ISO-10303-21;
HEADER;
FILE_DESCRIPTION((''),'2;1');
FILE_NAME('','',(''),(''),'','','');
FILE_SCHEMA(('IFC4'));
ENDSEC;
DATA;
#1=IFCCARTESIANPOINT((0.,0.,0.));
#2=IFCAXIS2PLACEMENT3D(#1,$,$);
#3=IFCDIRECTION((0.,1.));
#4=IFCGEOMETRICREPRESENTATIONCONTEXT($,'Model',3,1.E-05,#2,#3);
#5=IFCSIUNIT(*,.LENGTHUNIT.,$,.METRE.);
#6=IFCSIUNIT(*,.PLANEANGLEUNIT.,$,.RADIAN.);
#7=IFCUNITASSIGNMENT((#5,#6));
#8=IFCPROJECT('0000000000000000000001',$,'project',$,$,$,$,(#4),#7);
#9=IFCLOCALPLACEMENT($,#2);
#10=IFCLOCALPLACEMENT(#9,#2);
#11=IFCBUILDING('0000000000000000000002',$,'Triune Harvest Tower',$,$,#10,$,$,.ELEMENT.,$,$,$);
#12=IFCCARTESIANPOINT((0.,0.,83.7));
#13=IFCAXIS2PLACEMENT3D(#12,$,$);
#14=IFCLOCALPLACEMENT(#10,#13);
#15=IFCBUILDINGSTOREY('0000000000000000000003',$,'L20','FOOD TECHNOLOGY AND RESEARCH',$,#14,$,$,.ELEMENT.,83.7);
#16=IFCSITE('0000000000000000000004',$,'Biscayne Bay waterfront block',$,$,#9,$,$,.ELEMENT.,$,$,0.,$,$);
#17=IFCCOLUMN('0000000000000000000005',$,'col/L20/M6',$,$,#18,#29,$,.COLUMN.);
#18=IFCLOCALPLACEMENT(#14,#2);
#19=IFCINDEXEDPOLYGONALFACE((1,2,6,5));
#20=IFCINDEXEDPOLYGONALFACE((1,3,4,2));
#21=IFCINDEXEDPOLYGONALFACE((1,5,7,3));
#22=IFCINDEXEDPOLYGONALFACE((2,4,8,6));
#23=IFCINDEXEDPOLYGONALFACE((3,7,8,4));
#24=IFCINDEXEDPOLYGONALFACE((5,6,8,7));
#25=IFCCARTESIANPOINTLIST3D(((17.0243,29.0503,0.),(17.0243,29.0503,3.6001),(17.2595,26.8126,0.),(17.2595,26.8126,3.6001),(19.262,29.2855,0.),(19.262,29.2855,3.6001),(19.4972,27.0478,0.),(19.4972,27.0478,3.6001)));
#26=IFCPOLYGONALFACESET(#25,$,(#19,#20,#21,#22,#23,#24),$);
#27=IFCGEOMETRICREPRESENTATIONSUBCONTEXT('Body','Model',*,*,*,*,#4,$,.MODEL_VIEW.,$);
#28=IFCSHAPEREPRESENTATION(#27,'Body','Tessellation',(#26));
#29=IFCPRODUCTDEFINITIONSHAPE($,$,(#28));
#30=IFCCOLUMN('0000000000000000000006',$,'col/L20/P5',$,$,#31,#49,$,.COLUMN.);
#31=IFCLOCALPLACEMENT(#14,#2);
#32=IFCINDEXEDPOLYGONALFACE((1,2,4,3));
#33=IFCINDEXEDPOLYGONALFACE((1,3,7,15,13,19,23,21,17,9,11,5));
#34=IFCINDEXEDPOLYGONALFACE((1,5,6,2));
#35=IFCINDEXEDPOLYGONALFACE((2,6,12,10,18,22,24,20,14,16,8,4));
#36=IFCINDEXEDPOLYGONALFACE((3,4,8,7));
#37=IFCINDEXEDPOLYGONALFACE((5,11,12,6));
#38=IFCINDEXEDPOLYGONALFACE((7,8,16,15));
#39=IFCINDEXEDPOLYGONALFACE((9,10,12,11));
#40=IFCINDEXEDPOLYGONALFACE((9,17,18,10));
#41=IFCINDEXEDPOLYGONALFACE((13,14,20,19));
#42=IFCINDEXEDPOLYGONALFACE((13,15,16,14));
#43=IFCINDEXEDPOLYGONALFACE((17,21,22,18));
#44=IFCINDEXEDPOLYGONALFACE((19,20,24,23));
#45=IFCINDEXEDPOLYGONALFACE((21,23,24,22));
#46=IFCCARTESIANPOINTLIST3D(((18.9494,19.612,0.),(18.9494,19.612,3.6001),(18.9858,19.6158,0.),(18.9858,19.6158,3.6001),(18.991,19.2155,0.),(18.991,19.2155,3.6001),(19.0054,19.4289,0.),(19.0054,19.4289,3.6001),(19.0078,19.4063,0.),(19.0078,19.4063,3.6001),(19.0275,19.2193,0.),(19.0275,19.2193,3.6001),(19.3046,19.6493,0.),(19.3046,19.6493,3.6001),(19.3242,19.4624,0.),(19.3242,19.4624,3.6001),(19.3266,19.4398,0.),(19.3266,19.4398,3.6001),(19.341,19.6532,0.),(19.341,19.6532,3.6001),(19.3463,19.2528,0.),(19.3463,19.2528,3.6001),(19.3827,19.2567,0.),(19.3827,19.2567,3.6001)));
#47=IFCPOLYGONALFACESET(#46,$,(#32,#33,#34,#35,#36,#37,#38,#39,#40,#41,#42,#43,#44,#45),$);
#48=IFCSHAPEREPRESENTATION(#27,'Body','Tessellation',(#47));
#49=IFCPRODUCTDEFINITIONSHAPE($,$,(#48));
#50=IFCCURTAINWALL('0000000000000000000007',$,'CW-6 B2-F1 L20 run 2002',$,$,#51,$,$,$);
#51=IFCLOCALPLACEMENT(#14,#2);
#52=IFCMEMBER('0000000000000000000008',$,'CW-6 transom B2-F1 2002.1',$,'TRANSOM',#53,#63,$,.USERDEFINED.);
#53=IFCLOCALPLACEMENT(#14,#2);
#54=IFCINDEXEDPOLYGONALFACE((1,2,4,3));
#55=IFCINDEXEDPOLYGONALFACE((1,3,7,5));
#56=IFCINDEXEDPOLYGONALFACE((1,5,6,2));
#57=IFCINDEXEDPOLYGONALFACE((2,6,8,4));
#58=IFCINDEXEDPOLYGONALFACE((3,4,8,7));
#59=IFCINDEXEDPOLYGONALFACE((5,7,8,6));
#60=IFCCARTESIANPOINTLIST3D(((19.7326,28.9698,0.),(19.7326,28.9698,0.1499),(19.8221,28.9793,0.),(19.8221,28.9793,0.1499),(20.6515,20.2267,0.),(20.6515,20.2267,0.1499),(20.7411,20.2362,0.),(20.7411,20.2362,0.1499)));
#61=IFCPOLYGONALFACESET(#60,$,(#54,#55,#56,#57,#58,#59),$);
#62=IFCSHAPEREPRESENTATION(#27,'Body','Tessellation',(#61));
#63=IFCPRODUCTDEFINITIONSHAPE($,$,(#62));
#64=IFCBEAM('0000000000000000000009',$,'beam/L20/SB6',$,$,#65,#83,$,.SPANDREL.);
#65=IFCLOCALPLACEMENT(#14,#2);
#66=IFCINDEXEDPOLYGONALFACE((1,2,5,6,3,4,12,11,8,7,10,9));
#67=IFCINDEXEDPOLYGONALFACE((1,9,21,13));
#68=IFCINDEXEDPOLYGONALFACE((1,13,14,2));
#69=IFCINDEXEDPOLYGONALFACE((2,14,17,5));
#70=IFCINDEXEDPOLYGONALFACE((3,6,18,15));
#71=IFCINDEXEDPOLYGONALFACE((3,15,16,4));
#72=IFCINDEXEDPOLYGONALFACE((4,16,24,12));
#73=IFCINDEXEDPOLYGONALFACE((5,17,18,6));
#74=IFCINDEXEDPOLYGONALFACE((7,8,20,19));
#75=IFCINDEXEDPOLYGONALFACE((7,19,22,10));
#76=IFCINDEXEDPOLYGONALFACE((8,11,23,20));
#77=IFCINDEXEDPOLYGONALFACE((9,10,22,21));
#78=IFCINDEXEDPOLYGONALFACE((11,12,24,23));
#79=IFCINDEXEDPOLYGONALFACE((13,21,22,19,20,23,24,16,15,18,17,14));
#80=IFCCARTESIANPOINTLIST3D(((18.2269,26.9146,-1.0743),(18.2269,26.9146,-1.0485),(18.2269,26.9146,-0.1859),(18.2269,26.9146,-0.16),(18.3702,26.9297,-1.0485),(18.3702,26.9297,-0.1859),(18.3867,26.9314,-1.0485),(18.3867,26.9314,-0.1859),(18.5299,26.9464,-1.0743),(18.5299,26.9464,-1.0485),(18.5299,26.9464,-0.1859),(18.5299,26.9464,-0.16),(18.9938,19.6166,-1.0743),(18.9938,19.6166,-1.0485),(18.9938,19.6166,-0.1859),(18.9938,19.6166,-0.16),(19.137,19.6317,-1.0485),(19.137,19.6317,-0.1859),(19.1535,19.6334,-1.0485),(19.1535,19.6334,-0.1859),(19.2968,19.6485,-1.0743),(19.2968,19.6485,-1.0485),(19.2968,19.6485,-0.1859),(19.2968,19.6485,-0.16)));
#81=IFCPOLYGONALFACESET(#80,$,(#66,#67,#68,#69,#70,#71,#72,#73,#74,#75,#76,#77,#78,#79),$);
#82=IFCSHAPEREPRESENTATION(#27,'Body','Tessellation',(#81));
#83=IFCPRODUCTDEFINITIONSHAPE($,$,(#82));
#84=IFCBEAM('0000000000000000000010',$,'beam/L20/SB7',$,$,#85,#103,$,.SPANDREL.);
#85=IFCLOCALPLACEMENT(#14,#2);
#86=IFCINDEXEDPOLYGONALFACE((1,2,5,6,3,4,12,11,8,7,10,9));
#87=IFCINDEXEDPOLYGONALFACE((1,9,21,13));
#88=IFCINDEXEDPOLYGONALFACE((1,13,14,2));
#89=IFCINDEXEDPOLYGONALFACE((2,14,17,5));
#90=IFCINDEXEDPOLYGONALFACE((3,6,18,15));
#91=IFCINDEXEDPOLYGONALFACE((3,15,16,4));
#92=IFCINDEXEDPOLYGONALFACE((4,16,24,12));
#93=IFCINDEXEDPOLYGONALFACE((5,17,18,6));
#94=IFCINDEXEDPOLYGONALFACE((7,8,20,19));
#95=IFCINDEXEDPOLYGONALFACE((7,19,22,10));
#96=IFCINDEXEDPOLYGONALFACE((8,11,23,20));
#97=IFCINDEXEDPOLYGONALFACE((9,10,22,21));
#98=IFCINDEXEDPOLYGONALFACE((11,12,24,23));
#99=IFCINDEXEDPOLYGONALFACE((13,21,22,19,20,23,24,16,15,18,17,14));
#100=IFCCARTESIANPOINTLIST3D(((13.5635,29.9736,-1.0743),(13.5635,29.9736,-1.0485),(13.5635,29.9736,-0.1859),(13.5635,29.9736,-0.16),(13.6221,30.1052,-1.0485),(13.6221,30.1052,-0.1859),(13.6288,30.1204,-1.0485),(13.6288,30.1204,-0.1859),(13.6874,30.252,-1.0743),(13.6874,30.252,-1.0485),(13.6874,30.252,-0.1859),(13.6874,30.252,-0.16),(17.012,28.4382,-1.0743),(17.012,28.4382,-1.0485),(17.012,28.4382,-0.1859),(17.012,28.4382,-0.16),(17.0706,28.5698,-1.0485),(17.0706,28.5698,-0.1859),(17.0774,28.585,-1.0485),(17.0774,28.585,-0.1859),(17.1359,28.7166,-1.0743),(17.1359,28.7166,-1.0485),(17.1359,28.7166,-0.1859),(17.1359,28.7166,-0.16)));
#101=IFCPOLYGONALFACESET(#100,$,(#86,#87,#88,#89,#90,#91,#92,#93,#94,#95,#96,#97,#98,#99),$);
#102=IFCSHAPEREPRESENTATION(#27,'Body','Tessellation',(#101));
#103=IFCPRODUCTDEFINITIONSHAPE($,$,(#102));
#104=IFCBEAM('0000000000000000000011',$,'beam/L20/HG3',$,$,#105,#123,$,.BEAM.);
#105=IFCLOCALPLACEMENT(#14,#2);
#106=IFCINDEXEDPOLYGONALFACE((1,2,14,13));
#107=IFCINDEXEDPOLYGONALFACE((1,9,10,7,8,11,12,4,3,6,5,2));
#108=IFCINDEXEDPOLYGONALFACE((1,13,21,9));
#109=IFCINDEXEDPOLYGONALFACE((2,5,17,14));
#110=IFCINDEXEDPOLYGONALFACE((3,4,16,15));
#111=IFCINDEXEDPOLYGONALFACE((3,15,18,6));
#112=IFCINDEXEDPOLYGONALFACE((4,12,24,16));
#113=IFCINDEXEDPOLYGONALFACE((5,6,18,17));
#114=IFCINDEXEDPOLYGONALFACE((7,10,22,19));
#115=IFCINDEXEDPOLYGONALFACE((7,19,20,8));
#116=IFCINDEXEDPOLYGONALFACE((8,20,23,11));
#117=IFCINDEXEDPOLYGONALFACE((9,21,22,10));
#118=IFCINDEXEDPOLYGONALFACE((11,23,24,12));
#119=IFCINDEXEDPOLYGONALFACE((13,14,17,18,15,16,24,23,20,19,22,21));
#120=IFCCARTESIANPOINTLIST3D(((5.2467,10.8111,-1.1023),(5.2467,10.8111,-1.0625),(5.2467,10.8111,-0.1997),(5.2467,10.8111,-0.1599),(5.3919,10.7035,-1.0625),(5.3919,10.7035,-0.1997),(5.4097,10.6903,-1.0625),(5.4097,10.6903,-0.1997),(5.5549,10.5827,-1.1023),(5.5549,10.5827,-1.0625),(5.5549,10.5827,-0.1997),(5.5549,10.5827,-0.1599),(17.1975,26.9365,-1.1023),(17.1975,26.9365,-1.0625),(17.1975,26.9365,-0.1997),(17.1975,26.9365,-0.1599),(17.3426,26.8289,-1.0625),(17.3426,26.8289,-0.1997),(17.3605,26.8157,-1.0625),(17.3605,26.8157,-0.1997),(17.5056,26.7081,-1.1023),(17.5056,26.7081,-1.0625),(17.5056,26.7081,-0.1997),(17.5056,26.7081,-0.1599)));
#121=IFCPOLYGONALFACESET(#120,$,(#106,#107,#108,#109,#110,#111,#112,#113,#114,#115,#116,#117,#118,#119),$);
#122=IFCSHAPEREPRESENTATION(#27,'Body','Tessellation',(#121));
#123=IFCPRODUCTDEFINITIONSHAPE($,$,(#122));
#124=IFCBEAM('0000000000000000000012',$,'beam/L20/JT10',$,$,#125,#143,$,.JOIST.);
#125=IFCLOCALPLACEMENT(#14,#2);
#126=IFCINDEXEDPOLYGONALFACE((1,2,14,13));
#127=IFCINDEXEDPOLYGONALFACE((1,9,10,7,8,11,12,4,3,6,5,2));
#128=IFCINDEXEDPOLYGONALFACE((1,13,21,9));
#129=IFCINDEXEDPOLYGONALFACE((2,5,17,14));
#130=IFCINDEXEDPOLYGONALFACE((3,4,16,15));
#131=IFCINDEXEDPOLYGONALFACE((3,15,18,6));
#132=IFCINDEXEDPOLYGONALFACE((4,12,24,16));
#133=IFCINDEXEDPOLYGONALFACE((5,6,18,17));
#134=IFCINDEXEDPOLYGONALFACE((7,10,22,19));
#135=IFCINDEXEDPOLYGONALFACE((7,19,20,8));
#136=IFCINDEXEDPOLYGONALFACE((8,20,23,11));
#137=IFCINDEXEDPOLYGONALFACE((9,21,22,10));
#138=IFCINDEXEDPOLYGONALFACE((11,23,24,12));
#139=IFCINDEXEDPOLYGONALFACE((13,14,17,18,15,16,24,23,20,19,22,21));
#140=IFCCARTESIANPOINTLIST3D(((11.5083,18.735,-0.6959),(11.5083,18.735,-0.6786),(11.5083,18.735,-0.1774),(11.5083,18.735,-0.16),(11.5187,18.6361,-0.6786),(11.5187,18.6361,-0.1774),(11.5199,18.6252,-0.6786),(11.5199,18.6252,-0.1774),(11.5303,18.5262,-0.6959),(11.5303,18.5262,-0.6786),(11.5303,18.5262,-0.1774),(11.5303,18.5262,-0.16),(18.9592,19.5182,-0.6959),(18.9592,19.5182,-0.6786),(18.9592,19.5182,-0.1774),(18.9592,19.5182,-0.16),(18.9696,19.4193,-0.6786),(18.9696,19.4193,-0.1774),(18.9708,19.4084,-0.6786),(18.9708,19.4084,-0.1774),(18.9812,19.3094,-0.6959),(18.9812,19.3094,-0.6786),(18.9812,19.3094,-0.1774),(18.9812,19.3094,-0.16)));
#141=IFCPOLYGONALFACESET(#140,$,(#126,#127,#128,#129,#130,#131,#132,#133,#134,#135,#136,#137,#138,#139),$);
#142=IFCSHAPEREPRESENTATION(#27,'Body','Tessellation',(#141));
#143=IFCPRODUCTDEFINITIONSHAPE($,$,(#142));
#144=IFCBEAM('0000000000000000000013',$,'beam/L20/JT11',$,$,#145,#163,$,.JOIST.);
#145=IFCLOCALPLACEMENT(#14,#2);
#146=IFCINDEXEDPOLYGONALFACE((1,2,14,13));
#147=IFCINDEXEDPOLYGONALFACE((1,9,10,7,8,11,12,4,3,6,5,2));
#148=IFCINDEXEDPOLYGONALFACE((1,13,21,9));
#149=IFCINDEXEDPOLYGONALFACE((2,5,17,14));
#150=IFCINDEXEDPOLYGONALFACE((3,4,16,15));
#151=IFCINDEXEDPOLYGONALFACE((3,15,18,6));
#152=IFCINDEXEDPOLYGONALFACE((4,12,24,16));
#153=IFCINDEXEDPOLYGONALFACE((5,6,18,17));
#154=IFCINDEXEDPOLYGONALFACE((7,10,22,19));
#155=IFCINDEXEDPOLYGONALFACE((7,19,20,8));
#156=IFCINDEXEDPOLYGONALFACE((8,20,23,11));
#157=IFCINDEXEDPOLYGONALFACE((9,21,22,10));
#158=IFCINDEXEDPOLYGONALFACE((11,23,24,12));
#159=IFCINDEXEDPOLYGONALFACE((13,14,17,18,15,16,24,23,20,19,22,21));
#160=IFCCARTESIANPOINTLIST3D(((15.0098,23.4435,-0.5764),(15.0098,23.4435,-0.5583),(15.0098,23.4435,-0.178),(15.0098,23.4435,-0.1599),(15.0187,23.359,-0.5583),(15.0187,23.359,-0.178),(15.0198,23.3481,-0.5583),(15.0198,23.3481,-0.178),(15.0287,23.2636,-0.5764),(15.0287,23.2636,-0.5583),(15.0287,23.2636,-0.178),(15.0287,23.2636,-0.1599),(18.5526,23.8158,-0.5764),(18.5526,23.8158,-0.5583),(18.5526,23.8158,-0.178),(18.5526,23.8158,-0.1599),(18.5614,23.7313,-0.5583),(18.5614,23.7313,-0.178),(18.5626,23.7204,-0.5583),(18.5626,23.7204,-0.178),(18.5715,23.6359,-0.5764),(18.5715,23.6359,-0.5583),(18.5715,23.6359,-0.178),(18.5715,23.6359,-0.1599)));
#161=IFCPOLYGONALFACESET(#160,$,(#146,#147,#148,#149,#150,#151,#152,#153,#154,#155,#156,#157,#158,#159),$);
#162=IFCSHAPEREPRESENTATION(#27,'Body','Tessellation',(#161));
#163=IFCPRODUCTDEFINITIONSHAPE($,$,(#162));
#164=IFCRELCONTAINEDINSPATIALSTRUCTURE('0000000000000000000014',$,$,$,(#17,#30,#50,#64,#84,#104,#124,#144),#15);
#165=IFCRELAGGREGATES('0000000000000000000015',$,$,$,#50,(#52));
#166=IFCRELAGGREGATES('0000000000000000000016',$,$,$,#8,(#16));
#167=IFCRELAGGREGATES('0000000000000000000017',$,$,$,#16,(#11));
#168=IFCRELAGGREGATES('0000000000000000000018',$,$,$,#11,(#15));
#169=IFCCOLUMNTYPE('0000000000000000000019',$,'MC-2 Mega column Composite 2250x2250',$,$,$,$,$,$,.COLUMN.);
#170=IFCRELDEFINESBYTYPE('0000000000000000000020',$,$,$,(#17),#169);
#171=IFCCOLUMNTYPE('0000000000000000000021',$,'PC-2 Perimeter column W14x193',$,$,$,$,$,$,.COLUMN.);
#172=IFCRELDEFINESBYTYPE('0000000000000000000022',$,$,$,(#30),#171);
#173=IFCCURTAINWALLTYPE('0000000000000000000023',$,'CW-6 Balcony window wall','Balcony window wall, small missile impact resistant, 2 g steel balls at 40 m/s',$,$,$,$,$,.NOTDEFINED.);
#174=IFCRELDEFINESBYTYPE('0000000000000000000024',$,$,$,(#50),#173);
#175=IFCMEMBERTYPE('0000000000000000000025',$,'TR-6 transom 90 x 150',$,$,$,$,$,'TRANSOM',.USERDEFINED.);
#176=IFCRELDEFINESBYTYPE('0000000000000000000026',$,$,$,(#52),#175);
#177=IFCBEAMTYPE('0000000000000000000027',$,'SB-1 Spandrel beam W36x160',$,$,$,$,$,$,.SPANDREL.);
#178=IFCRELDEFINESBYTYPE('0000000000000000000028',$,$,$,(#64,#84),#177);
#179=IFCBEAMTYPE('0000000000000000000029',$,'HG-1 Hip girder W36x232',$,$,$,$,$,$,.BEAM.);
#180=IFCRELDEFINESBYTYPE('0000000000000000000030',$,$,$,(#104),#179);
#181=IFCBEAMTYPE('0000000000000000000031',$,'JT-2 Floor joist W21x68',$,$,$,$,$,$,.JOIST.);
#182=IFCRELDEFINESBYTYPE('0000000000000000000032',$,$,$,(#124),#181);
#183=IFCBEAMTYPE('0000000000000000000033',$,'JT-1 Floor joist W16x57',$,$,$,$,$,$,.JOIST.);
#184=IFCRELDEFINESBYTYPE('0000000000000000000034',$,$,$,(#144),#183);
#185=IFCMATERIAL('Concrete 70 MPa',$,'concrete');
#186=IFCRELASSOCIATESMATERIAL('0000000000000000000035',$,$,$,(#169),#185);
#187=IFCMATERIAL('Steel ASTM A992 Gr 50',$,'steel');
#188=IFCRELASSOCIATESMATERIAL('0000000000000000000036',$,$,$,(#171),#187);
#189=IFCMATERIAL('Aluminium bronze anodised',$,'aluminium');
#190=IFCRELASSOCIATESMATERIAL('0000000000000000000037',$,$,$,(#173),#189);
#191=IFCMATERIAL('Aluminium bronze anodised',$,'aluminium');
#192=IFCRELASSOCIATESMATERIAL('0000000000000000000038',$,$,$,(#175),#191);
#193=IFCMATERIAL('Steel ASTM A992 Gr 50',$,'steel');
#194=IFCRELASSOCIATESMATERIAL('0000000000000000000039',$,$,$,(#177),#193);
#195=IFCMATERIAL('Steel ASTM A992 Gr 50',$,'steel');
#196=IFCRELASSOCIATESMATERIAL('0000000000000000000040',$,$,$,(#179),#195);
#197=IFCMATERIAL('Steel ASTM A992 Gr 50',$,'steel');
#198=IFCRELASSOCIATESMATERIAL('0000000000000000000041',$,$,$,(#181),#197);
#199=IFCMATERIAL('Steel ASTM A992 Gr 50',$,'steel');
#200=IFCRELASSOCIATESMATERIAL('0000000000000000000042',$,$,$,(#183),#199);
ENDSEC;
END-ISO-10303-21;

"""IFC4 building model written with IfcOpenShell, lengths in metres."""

from ifc_helpers import new_model, si_unit, direction, frame, origin, origin_2d, place, context, subcontext, project, spatial, rectangle, i_section, extrude, source, transform, mapped, material, material_profile, profile_set, type_object, element, aggregate, save


model = new_model("IFC4")

# Units and contexts
model_context = context("Model", 3, precision=1e-05, world=origin(), true_north=direction((0.0, 1.0)))
body_context = subcontext(model_context, "Body", "Model", "MODEL_VIEW")
ifc_project = project(units=[si_unit("LENGTHUNIT", "METRE"), si_unit("PLANEANGLEUNIT", "RADIAN")], contexts=[model_context])

# Site, building, storey
site_placement = place(None, origin())
site = spatial("IfcSite", under=ifc_project, at=site_placement, Name="Biscayne Bay waterfront block", CompositionType="ELEMENT", RefElevation=0.0)
building_placement = place(site_placement, origin())
building = spatial("IfcBuilding", under=site, at=building_placement, Name="Triune Harvest Tower", CompositionType="ELEMENT")
storey_placement = place(building_placement, frame((0.0, 0.0, 83.7)))
storey = spatial("IfcBuildingStorey", under=building, at=storey_placement, Name="L20", Description="FOOD TECHNOLOGY AND RESEARCH", CompositionType="ELEMENT", Elevation=83.7)

# Columns
ifc_material_1 = material(Name="Concrete 70 MPa", Category="concrete")
ifc_material_profile_1 = material_profile(ifc_material_1, rectangle(XDim=2.25, YDim=2.25, at=origin_2d()), Name="Composite 2250x2250")
ifc_profile_set_1 = profile_set([ifc_material_profile_1], Name="Concrete 70 MPa")
column_type_1 = type_object("IfcColumnType", Name="MC-2 Mega column Composite 2250x2250", PredefinedType="COLUMN", material=ifc_profile_set_1)
shared_shape_1 = source(origin(), body_context, "Body", "SweptSolid", [
    extrude(rectangle(XDim=2.25, YDim=2.25, at=origin_2d()), origin(), (0.0, 0.0, 1.0), 3.6001),
])
column_1_placement = place(storey_placement, frame((18.2607, 28.0491, 0.0), z_axis=(0.0, 0.0, 1.0), x_axis=(-0.104527, 0.994522, 0.0)))
element("IfcColumn", 1, at=column_1_placement, inside=storey, type_object=column_type_1, Name="col/L20/M6", PredefinedType="COLUMN", context=body_context, shape_type="MappedRepresentation", body=[
    mapped(shared_shape_1, transform((0.0, 0.0, 0.0), scale=1.0)),
])
ifc_material_2 = material(Name="Steel ASTM A992 Gr 50", Category="steel")
ifc_material_profile_2 = material_profile(ifc_material_2, i_section(OverallWidth=0.3987, OverallDepth=0.3938, WebThickness=0.0227, FlangeThickness=0.0366, at=origin_2d()), Name="W14x193")
ifc_profile_set_2 = profile_set([ifc_material_profile_2], Name="Steel ASTM A992 Gr 50")
column_type_2 = type_object("IfcColumnType", Name="PC-2 Perimeter column W14x193", PredefinedType="COLUMN", material=ifc_profile_set_2)
shared_shape_2 = source(origin(), body_context, "Body", "SweptSolid", [
    extrude(i_section(OverallWidth=0.3987, OverallDepth=0.3938, WebThickness=0.0227, FlangeThickness=0.0366, at=origin_2d()), origin(), (0.0, 0.0, 1.0), 3.6001),
])
column_2_placement = place(storey_placement, frame((19.166, 19.4343, 0.0), z_axis=(0.0, 0.0, 1.0), x_axis=(-0.104527, 0.994522, 0.0)))
element("IfcColumn", 2, at=column_2_placement, inside=storey, type_object=column_type_2, Name="col/L20/P5", PredefinedType="COLUMN", context=body_context, shape_type="MappedRepresentation", body=[
    mapped(shared_shape_2, transform((0.0, 0.0, 0.0), scale=1.0)),
])

# Curtain wall, member
ifc_material_3 = material(Name="Aluminium bronze anodised", Category="aluminium")
curtain_wall_type_1 = type_object("IfcCurtainWallType", Name="CW-6 Balcony window wall", Description="Balcony window wall, small missile impact resistant, 2 g steel balls at 40 m/s", PredefinedType="NOTDEFINED", material=ifc_material_3)
curtain_wall_1_placement = place(storey_placement, origin())
curtain_wall_1 = element("IfcCurtainWall", 3, at=curtain_wall_1_placement, inside=storey, type_object=curtain_wall_type_1, Name="CW-6 B2-F1 L20 run 2002")
ifc_material_4 = material(Name="Aluminium bronze anodised", Category="aluminium")
ifc_material_profile_3 = material_profile(ifc_material_4, rectangle(XDim=0.0901, YDim=0.1499, at=origin_2d()), Name="TR-6 transom 90 x 150")
ifc_profile_set_3 = profile_set([ifc_material_profile_3], Name="Aluminium bronze anodised")
member_type_1 = type_object("IfcMemberType", Name="TR-6 transom 90 x 150", ElementType="TRANSOM", PredefinedType="USERDEFINED", material=ifc_profile_set_3)
member_1_placement = place(storey_placement, frame((20.6963, 20.2314, 0.075), z_axis=(-0.104529, 0.994522, 0.0), x_axis=(-0.994522, -0.104529, 0.0)))
member_1 = element("IfcMember", 4, at=member_1_placement, type_object=member_type_1, Name="CW-6 transom B2-F1 2002.1", ObjectType="TRANSOM", PredefinedType="USERDEFINED", context=body_context, shape_type="SweptSolid", body=[
    extrude(rectangle(XDim=0.0901, YDim=0.1499, at=origin_2d()), origin(), (0.0, 0.0, 1.0), 8.7913),
])

# Beams
ifc_material_5 = material(Name="Steel ASTM A992 Gr 50", Category="steel")
ifc_material_profile_4 = material_profile(ifc_material_5, i_section(OverallWidth=0.3047, OverallDepth=0.9143, WebThickness=0.0166, FlangeThickness=0.0259, at=origin_2d()), Name="W36x160")
ifc_profile_set_4 = profile_set([ifc_material_profile_4], Name="Steel ASTM A992 Gr 50")
beam_type_1 = type_object("IfcBeamType", Name="SB-1 Spandrel beam W36x160", PredefinedType="SPANDREL", material=ifc_profile_set_4)
shared_shape_3 = source(origin(), body_context, "Body", "SweptSolid", [
    extrude(i_section(OverallWidth=0.3047, OverallDepth=0.9143, WebThickness=0.0166, FlangeThickness=0.0259, at=origin_2d()), origin(), (0.0, 0.0, 1.0), 7.3381),
])
beam_1_placement = place(storey_placement, frame((19.1453, 19.6326, -0.6172), z_axis=(-0.104503, 0.994525, 0.0), x_axis=(-0.994525, -0.104503, 0.0)))
element("IfcBeam", 5, at=beam_1_placement, inside=storey, type_object=beam_type_1, Name="beam/L20/SB6", PredefinedType="SPANDREL", context=body_context, shape_type="MappedRepresentation", body=[
    mapped(shared_shape_3, transform((0.0, 0.0, 0.0), scale=1.0)),
])
shared_shape_4 = source(origin(), body_context, "Body", "SweptSolid", [
    extrude(i_section(OverallWidth=0.3047, OverallDepth=0.9143, WebThickness=0.0166, FlangeThickness=0.0259, at=origin_2d()), origin(), (0.0, 0.0, 1.0), 3.7749),
])
beam_2_placement = place(storey_placement, frame((17.074, 28.5774, -0.6172), z_axis=(-0.913542, 0.406744, 0.0), x_axis=(-0.406744, -0.913542, 0.0)))
element("IfcBeam", 6, at=beam_2_placement, inside=storey, type_object=beam_type_1, Name="beam/L20/SB7", PredefinedType="SPANDREL", context=body_context, shape_type="MappedRepresentation", body=[
    mapped(shared_shape_4, transform((0.0, 0.0, 0.0), scale=1.0)),
])
ifc_material_6 = material(Name="Steel ASTM A992 Gr 50", Category="steel")
ifc_material_profile_5 = material_profile(ifc_material_6, i_section(OverallWidth=0.3835, OverallDepth=0.9424, WebThickness=0.0222, FlangeThickness=0.0398, at=origin_2d()), Name="W36x232")
ifc_profile_set_5 = profile_set([ifc_material_profile_5], Name="Steel ASTM A992 Gr 50")
beam_type_2 = type_object("IfcBeamType", Name="HG-1 Hip girder W36x232", PredefinedType="BEAM", material=ifc_profile_set_5)
shared_shape_5 = source(origin(), body_context, "Body", "SweptSolid", [
    extrude(i_section(OverallWidth=0.3835, OverallDepth=0.9424, WebThickness=0.0222, FlangeThickness=0.0398, at=origin_2d()), origin(), (0.0, 0.0, 1.0), 20.071),
])
beam_3_placement = place(storey_placement, frame((17.3516, 26.8223, -0.6311), z_axis=(-0.595422, -0.803413, 0.0), x_axis=(0.803413, -0.595422, 0.0)))
element("IfcBeam", 7, at=beam_3_placement, inside=storey, type_object=beam_type_2, Name="beam/L20/HG3", PredefinedType="BEAM", context=body_context, shape_type="MappedRepresentation", body=[
    mapped(shared_shape_5, transform((0.0, 0.0, 0.0), scale=1.0)),
])
ifc_material_7 = material(Name="Steel ASTM A992 Gr 50", Category="steel")
ifc_material_profile_6 = material_profile(ifc_material_7, i_section(OverallWidth=0.21, OverallDepth=0.5359, WebThickness=0.011, FlangeThickness=0.0173, at=origin_2d()), Name="W21x68")
ifc_profile_set_6 = profile_set([ifc_material_profile_6], Name="Steel ASTM A992 Gr 50")
beam_type_3 = type_object("IfcBeamType", Name="JT-2 Floor joist W21x68", PredefinedType="JOIST", material=ifc_profile_set_6)
shared_shape_6 = source(origin(), body_context, "Body", "SweptSolid", [
    extrude(i_section(OverallWidth=0.21, OverallDepth=0.5359, WebThickness=0.011, FlangeThickness=0.0173, at=origin_2d()), origin(), (0.0, 0.0, 1.0), 7.4919),
])
beam_4_placement = place(storey_placement, frame((18.9702, 19.4138, -0.428), z_axis=(-0.994521, -0.104539, 0.0), x_axis=(0.104539, -0.994521, 0.0)))
element("IfcBeam", 8, at=beam_4_placement, inside=storey, type_object=beam_type_3, Name="beam/L20/JT10", PredefinedType="JOIST", context=body_context, shape_type="MappedRepresentation", body=[
    mapped(shared_shape_6, transform((0.0, 0.0, 0.0), scale=1.0)),
])
ifc_material_8 = material(Name="Steel ASTM A992 Gr 50", Category="steel")
ifc_material_profile_7 = material_profile(ifc_material_8, i_section(OverallWidth=0.1809, OverallDepth=0.4165, WebThickness=0.011, FlangeThickness=0.0181, at=origin_2d()), Name="W16x57")
ifc_profile_set_7 = profile_set([ifc_material_profile_7], Name="Steel ASTM A992 Gr 50")
beam_type_4 = type_object("IfcBeamType", Name="JT-1 Floor joist W16x57", PredefinedType="JOIST", material=ifc_profile_set_7)
shared_shape_7 = source(origin(), body_context, "Body", "SweptSolid", [
    extrude(i_section(OverallWidth=0.1809, OverallDepth=0.4165, WebThickness=0.011, FlangeThickness=0.0181, at=origin_2d()), origin(), (0.0, 0.0, 1.0), 3.5623),
])
beam_5_placement = place(storey_placement, frame((18.562, 23.7258, -0.3682), z_axis=(-0.994523, -0.104517, 0.0), x_axis=(0.104517, -0.994523, 0.0)))
element("IfcBeam", 9, at=beam_5_placement, inside=storey, type_object=beam_type_4, Name="beam/L20/JT11", PredefinedType="JOIST", context=body_context, shape_type="MappedRepresentation", body=[
    mapped(shared_shape_7, transform((0.0, 0.0, 0.0), scale=1.0)),
])

aggregate(curtain_wall_1, [member_1])

save(model, "model.ifc")
